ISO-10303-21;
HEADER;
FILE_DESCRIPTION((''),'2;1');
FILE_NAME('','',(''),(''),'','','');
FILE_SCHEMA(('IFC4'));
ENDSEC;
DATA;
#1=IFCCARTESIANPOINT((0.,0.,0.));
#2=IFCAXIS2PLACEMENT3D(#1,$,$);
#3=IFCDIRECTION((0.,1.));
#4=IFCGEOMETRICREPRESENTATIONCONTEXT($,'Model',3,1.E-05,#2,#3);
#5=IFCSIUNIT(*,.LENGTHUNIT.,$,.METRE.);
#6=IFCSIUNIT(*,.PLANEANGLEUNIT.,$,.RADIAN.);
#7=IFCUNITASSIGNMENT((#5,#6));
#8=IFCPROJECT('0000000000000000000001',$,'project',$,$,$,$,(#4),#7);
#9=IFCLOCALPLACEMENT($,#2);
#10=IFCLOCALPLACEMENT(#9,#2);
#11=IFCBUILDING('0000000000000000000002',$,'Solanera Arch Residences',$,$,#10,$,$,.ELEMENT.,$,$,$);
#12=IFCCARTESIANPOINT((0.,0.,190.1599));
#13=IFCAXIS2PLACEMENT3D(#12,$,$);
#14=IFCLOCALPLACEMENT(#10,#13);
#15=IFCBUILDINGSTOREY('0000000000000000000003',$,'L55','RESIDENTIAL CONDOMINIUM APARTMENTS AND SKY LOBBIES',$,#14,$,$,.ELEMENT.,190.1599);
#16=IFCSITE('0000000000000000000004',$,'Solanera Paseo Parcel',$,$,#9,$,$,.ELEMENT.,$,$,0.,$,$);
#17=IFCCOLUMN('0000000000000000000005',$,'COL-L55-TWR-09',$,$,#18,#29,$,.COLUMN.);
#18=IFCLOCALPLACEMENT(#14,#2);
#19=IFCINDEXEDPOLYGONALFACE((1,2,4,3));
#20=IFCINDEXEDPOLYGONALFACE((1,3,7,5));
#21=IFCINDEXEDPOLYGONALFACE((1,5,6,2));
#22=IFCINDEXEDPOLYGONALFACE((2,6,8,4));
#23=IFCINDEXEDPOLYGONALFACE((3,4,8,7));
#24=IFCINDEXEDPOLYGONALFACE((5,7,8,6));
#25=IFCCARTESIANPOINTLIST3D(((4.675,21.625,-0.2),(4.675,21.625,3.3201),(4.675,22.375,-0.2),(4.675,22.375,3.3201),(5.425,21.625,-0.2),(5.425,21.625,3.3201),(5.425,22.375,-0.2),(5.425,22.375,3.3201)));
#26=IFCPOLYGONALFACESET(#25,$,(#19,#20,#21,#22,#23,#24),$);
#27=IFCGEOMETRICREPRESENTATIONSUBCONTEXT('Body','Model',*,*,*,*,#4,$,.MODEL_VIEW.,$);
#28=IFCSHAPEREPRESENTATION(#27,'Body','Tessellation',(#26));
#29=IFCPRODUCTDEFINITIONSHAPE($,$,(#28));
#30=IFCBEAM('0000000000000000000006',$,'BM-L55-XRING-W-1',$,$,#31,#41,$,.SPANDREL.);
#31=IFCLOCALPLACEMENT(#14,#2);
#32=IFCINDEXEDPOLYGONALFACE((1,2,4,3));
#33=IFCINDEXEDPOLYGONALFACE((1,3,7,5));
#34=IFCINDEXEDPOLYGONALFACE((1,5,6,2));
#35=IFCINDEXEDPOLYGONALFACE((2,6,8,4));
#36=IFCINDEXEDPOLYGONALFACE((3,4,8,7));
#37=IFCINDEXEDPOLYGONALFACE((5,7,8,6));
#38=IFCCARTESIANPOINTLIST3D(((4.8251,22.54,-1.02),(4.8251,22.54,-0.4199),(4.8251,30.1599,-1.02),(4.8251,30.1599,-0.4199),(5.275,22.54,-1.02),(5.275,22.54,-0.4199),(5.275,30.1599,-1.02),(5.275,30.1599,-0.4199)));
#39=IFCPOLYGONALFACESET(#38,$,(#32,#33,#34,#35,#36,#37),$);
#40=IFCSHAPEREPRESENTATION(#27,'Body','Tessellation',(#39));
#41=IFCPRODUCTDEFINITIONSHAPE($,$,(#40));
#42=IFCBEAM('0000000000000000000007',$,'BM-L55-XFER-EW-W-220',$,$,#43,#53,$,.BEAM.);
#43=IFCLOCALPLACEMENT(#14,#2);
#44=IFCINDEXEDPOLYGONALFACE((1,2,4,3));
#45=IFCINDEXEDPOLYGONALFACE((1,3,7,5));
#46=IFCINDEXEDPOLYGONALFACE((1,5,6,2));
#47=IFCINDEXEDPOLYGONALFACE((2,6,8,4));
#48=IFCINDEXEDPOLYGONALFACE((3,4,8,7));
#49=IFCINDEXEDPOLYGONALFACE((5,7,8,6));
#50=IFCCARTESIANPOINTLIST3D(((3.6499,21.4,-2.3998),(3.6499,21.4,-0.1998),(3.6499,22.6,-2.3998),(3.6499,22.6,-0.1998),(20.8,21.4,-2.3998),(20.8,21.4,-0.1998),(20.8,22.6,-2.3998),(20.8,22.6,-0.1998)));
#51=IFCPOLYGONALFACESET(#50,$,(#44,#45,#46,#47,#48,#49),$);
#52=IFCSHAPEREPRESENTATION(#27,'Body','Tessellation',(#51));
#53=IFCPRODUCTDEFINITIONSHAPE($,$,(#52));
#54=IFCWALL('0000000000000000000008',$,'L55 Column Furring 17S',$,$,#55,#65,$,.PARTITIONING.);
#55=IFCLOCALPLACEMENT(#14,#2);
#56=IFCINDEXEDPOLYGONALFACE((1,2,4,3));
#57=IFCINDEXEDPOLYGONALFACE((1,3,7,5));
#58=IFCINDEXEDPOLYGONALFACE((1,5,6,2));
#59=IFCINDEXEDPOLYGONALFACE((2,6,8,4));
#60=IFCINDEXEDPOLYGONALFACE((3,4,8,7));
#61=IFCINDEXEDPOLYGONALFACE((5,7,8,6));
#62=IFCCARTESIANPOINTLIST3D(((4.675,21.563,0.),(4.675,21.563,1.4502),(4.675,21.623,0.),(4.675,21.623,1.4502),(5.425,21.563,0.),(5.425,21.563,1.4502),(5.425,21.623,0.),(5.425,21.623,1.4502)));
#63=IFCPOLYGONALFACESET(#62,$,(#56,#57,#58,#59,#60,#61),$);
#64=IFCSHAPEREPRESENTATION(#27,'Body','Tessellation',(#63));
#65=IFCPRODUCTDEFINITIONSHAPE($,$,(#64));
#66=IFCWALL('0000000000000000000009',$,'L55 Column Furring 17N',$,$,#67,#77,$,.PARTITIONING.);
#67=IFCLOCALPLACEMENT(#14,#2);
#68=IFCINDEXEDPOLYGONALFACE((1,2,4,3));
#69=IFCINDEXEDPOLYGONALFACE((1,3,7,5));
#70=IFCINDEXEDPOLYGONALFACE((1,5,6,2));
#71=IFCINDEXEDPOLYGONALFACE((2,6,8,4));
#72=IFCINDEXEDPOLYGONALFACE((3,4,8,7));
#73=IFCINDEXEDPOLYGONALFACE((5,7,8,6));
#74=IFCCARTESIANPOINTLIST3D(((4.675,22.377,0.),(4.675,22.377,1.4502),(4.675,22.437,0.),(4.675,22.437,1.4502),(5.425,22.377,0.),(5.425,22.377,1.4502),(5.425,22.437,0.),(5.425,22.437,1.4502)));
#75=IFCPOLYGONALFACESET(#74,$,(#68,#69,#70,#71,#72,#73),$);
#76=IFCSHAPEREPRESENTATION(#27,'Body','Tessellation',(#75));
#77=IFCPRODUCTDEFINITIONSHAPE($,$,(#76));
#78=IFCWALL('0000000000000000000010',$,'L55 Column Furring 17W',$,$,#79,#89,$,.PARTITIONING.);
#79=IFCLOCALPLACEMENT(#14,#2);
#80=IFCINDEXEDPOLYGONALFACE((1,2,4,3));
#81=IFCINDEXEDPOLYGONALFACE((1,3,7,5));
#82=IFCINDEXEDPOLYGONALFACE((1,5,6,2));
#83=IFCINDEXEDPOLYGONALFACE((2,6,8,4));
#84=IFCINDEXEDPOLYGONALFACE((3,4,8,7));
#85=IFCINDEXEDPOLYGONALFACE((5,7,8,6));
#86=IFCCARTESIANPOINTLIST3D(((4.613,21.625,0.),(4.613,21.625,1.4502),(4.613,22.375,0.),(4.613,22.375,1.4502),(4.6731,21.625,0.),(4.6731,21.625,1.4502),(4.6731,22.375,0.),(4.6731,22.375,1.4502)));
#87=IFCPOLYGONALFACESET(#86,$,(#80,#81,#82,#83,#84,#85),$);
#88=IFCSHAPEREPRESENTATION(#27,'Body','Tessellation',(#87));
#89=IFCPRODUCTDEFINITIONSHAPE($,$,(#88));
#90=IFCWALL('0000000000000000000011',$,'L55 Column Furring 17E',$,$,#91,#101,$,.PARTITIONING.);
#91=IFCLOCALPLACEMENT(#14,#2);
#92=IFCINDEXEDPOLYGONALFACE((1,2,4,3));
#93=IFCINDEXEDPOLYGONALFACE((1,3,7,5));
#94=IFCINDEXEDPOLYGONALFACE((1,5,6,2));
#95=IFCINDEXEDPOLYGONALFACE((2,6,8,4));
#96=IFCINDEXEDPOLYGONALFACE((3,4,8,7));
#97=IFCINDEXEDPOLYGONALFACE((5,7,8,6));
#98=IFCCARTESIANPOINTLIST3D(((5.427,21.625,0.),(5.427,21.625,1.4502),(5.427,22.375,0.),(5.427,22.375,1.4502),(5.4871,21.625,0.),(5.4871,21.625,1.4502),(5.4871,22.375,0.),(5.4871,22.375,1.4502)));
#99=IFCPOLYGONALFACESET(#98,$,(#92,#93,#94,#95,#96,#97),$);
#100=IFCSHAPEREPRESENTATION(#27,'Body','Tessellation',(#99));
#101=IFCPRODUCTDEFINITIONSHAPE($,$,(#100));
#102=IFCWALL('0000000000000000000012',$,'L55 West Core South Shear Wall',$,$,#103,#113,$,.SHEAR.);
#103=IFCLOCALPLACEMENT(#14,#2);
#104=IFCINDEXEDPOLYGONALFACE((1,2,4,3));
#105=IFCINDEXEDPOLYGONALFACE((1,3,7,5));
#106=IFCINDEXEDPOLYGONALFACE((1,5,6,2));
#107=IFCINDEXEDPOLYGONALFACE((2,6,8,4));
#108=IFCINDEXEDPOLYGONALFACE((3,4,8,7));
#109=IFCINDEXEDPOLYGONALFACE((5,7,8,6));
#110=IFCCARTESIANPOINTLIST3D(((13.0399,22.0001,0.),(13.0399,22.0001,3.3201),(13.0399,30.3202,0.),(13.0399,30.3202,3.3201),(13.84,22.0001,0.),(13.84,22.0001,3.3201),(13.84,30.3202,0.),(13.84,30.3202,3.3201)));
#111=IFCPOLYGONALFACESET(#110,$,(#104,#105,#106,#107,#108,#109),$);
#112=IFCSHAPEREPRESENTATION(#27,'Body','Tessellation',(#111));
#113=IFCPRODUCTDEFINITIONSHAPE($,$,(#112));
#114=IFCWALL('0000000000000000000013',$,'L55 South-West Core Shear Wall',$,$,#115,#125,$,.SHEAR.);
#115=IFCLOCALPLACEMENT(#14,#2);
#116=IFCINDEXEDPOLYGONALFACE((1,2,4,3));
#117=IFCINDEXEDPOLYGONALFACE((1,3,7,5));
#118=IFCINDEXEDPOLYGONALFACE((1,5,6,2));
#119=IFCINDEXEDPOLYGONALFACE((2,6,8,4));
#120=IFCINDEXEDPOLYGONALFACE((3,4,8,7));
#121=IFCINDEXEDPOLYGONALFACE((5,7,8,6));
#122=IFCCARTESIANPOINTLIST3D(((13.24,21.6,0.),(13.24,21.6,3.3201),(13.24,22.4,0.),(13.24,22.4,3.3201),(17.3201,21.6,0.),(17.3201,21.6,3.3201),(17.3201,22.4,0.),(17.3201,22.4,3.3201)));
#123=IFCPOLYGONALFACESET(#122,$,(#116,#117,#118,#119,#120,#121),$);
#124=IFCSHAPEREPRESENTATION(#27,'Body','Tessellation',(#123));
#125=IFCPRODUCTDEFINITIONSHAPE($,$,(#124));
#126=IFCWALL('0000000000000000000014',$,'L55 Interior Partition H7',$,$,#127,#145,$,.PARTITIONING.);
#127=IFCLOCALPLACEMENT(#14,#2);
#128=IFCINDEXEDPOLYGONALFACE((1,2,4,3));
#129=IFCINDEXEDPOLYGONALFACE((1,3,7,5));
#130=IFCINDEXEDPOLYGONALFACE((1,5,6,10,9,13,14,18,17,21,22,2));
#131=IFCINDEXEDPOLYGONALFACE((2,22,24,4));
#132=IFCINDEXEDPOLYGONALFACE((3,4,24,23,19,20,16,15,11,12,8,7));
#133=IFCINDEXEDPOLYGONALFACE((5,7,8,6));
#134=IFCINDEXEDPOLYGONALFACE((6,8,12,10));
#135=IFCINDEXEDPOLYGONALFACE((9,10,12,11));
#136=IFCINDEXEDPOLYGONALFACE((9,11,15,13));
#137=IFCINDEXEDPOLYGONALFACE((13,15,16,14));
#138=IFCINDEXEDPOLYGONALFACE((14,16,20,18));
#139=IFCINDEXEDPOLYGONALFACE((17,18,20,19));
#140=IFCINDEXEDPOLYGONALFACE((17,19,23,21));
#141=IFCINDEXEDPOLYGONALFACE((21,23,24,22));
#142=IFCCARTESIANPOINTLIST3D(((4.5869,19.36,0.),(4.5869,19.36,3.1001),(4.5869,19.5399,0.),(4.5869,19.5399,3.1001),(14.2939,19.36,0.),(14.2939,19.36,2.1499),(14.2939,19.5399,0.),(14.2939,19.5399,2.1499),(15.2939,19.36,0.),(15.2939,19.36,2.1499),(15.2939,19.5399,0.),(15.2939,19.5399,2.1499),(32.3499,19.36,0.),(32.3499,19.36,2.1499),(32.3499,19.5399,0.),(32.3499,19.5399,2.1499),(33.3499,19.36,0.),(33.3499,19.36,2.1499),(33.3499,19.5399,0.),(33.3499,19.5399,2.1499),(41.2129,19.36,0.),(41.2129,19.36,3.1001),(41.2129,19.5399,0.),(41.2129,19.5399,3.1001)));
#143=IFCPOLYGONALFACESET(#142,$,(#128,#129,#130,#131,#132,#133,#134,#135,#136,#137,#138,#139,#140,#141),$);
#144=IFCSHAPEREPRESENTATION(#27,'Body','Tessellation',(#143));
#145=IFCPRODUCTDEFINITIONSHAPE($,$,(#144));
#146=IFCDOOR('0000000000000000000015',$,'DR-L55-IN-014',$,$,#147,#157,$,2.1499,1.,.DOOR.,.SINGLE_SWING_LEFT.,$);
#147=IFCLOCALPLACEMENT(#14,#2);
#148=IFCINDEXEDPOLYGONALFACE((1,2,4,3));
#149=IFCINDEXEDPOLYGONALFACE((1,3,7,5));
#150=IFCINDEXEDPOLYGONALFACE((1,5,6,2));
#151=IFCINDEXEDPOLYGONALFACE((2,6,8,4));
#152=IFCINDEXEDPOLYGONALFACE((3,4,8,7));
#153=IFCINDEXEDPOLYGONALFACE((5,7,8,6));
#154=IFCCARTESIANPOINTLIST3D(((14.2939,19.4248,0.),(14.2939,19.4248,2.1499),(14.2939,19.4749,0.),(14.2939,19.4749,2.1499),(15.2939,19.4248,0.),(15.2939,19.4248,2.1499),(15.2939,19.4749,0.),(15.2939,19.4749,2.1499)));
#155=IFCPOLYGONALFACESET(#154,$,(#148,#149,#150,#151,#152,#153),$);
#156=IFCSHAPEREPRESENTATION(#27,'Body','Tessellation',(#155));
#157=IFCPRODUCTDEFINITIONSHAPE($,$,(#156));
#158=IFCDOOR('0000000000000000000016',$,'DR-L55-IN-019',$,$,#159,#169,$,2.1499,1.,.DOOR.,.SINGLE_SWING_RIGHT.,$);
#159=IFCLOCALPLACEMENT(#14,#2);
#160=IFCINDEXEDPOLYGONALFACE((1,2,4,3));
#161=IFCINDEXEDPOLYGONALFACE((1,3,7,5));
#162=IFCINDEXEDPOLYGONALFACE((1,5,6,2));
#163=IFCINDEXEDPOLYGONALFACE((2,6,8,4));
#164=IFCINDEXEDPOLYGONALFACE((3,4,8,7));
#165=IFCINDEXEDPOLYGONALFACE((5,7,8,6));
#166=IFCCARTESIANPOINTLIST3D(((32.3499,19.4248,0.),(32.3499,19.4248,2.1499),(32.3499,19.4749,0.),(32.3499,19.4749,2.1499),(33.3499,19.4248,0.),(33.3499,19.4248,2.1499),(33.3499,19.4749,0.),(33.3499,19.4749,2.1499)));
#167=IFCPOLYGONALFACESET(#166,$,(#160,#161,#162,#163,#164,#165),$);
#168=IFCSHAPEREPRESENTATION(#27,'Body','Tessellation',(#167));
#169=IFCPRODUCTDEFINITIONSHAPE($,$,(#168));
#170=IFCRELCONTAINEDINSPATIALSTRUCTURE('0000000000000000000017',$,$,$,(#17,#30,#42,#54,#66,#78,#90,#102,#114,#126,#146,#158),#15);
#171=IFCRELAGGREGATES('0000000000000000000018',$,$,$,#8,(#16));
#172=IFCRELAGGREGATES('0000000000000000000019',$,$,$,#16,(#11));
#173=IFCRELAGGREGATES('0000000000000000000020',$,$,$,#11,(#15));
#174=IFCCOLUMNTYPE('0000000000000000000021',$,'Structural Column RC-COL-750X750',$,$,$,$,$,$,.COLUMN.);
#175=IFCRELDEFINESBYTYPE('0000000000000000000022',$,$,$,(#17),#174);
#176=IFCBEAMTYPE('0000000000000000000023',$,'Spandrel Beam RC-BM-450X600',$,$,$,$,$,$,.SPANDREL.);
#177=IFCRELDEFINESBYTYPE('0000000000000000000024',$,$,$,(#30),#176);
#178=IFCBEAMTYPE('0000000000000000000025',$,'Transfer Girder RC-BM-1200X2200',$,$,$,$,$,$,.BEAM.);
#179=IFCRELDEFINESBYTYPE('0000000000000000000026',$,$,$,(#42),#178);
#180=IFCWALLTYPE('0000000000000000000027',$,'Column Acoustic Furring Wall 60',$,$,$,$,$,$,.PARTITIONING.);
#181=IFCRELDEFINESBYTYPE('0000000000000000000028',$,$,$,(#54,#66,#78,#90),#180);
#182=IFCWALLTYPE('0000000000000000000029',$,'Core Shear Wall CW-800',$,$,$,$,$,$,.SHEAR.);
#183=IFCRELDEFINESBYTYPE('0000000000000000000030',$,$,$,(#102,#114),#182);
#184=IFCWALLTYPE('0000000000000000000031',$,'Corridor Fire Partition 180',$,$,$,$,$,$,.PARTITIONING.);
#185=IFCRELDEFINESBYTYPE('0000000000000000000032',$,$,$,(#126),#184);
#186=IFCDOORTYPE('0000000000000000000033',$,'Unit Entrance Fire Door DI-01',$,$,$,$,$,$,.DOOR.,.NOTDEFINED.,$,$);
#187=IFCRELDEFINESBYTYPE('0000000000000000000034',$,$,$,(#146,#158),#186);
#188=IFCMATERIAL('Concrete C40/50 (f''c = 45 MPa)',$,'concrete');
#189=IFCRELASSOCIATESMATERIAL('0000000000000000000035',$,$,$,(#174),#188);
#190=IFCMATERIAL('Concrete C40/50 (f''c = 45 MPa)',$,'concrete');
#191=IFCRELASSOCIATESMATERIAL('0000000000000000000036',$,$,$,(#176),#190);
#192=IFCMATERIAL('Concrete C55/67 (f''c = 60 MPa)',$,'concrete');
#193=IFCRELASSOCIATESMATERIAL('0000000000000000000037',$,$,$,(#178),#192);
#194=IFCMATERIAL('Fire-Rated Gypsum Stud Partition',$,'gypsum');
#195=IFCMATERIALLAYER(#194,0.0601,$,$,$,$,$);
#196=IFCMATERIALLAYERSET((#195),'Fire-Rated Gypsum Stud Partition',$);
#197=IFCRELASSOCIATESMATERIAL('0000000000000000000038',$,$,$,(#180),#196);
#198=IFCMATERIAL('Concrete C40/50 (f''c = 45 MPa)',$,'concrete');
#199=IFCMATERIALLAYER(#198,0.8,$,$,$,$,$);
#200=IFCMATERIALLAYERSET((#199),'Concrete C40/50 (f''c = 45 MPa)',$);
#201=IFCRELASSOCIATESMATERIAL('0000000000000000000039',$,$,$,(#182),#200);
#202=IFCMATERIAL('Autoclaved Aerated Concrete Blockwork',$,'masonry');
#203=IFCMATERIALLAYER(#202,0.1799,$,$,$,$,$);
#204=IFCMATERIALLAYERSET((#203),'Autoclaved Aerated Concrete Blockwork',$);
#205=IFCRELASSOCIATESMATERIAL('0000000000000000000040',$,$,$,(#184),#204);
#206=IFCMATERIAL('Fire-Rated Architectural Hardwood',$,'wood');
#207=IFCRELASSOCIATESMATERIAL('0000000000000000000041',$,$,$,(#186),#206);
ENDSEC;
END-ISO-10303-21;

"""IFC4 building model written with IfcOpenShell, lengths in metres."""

from ifc_helpers import new_model, si_unit, direction, frame, frame_2d, origin, origin_2d, place, context, subcontext, project, spatial, rectangle, extrude, material, layer, layer_set, material_profile, profile_set, type_object, element, fill, save


model = new_model("IFC4")

# Units and contexts
model_context = context("Model", 3, precision=1e-05, world=origin(), true_north=direction((0.0, 1.0)))
body_context = subcontext(model_context, "Body", "Model", "MODEL_VIEW")
ifc_project = project(units=[si_unit("LENGTHUNIT", "METRE"), si_unit("PLANEANGLEUNIT", "RADIAN")], contexts=[model_context])

# Site, building, storey
site_placement = place(None, origin())
site = spatial("IfcSite", under=ifc_project, at=site_placement, Name="Solanera Paseo Parcel", CompositionType="ELEMENT", RefElevation=0.0)
building_placement = place(site_placement, origin())
building = spatial("IfcBuilding", under=site, at=building_placement, Name="Solanera Arch Residences", CompositionType="ELEMENT")
storey_placement = place(building_placement, frame((0.0, 0.0, 190.1599)))
storey = spatial("IfcBuildingStorey", under=building, at=storey_placement, Name="L55", Description="RESIDENTIAL CONDOMINIUM APARTMENTS AND SKY LOBBIES", CompositionType="ELEMENT", Elevation=190.1599)

# Column
ifc_material_1 = material(Name="Concrete C40/50 (f'c = 45 MPa)", Category="concrete")
ifc_material_profile_1 = material_profile(ifc_material_1, rectangle(XDim=0.75, YDim=0.75, at=origin_2d()))
ifc_profile_set_1 = profile_set([ifc_material_profile_1], Name="Concrete C40/50 (f'c = 45 MPa)")
column_type = type_object("IfcColumnType", Name="Structural Column RC-COL-750X750", PredefinedType="COLUMN", material=ifc_profile_set_1)
column_placement = place(storey_placement, frame((5.05, 22.0, -0.2), z_axis=(0.0, 0.0, 1.0), x_axis=(1.0, 0.0, 0.0)))
element("IfcColumn", 1, at=column_placement, inside=storey, type_object=column_type, Name="COL-L55-TWR-09", PredefinedType="COLUMN", context=body_context, shape_type="SweptSolid", body=[
    extrude(rectangle(XDim=0.75, YDim=0.75, at=origin_2d()), origin(), (0.0, 0.0, 1.0), 3.52),
])

# Beams
ifc_material_2 = material(Name="Concrete C40/50 (f'c = 45 MPa)", Category="concrete")
ifc_material_profile_2 = material_profile(ifc_material_2, rectangle(XDim=0.45, YDim=0.6001, at=origin_2d()))
ifc_profile_set_2 = profile_set([ifc_material_profile_2], Name="Concrete C40/50 (f'c = 45 MPa)")
beam_type_1 = type_object("IfcBeamType", Name="Spandrel Beam RC-BM-450X600", PredefinedType="SPANDREL", material=ifc_profile_set_2)
beam_1_placement = place(storey_placement, frame((5.05, 22.54, -0.72), z_axis=(0.0, 1.0, 0.0), x_axis=(-1.0, 0.0, 0.0)))
element("IfcBeam", 2, at=beam_1_placement, inside=storey, type_object=beam_type_1, Name="BM-L55-XRING-W-1", PredefinedType="SPANDREL", context=body_context, shape_type="SweptSolid", body=[
    extrude(rectangle(XDim=0.45, YDim=0.6001, at=origin_2d()), origin(), (0.0, 0.0, 1.0), 7.6199),
])
ifc_material_3 = material(Name="Concrete C55/67 (f'c = 60 MPa)", Category="concrete")
ifc_material_profile_3 = material_profile(ifc_material_3, rectangle(XDim=1.2, YDim=2.2, at=origin_2d()))
ifc_profile_set_3 = profile_set([ifc_material_profile_3], Name="Concrete C55/67 (f'c = 60 MPa)")
beam_type_2 = type_object("IfcBeamType", Name="Transfer Girder RC-BM-1200X2200", PredefinedType="BEAM", material=ifc_profile_set_3)
beam_2_placement = place(storey_placement, frame((3.6499, 22.0, -1.2998), z_axis=(1.0, 0.0, 0.0), x_axis=(0.0, 1.0, 0.0)))
element("IfcBeam", 3, at=beam_2_placement, inside=storey, type_object=beam_type_2, Name="BM-L55-XFER-EW-W-220", PredefinedType="BEAM", context=body_context, shape_type="SweptSolid", body=[
    extrude(rectangle(XDim=1.2, YDim=2.2, at=origin_2d()), origin(), (0.0, 0.0, 1.0), 17.1501),
])

# Walls
ifc_material_4 = material(Name="Fire-Rated Gypsum Stud Partition", Category="gypsum")
ifc_layer_1 = layer(ifc_material_4, 0.0601)
ifc_layer_set_1 = layer_set([ifc_layer_1], Name="Fire-Rated Gypsum Stud Partition")
wall_type_1 = type_object("IfcWallType", Name="Column Acoustic Furring Wall 60", PredefinedType="PARTITIONING", material=ifc_layer_set_1)
for number, where, z_axis, x_axis, name in (
    (4, (4.675, 21.593, 0.0), (0.0, 0.0, 1.0), (1.0, 0.0, 0.0), "L55 Column Furring 17S"),
    (5, (4.675, 22.407, 0.0), (0.0, 0.0, 1.0), (1.0, 0.0, 0.0), "L55 Column Furring 17N"),
    (6, (4.6431, 21.625, 0.0), (0.0, 0.0, 1.0), (0.0, 1.0, 0.0), "L55 Column Furring 17W"),
    (7, (5.457, 21.625, 0.0), (0.0, 0.0, 1.0), (0.0, 1.0, 0.0), "L55 Column Furring 17E"),
):
    element("IfcWall", number, at=place(storey_placement, frame(where, z_axis=z_axis, x_axis=x_axis)), inside=storey, type_object=wall_type_1, Name=name, PredefinedType="PARTITIONING", context=body_context, shape_type="SweptSolid", body=[
        extrude(rectangle(XDim=0.75, YDim=0.0601, at=frame_2d((0.375, 0.0))), origin(), (0.0, 0.0, 1.0), 1.4502),
    ])
ifc_material_5 = material(Name="Concrete C40/50 (f'c = 45 MPa)", Category="concrete")
ifc_layer_2 = layer(ifc_material_5, 0.8)
ifc_layer_set_2 = layer_set([ifc_layer_2], Name="Concrete C40/50 (f'c = 45 MPa)")
wall_type_2 = type_object("IfcWallType", Name="Core Shear Wall CW-800", PredefinedType="SHEAR", material=ifc_layer_set_2)
wall_1_placement = place(storey_placement, frame((13.4399, 22.0, 0.0), z_axis=(0.0, 0.0, 1.0), x_axis=(0.0, 1.0, 0.0)))
element("IfcWall", 8, at=wall_1_placement, inside=storey, type_object=wall_type_2, Name="L55 West Core South Shear Wall", PredefinedType="SHEAR", context=body_context, shape_type="SweptSolid", body=[
    extrude(rectangle(XDim=8.3201, YDim=0.8, at=frame_2d((4.1602, 0.0))), origin(), (0.0, 0.0, 1.0), 3.3201),
])
wall_2_placement = place(storey_placement, frame((13.24, 22.0, 0.0), z_axis=(0.0, 0.0, 1.0), x_axis=(1.0, 0.0, 0.0)))
element("IfcWall", 9, at=wall_2_placement, inside=storey, type_object=wall_type_2, Name="L55 South-West Core Shear Wall", PredefinedType="SHEAR", context=body_context, shape_type="SweptSolid", body=[
    extrude(rectangle(XDim=4.0801, YDim=0.8, at=frame_2d((2.04, 0.0))), origin(), (0.0, 0.0, 1.0), 3.3201),
])

# Wall, openings, doors
ifc_material_6 = material(Name="Autoclaved Aerated Concrete Blockwork", Category="masonry")
ifc_layer_3 = layer(ifc_material_6, 0.1799)
ifc_layer_set_3 = layer_set([ifc_layer_3], Name="Autoclaved Aerated Concrete Blockwork")
wall_type_3 = type_object("IfcWallType", Name="Corridor Fire Partition 180", PredefinedType="PARTITIONING", material=ifc_layer_set_3)
wall_3_placement = place(storey_placement, frame((4.5869, 19.45, 0.0), z_axis=(0.0, 0.0, 1.0), x_axis=(1.0, 0.0, 0.0)))
wall_3 = element("IfcWall", 10, at=wall_3_placement, inside=storey, type_object=wall_type_3, Name="L55 Interior Partition H7", PredefinedType="PARTITIONING", context=body_context, shape_type="SweptSolid", body=[
    extrude(rectangle(XDim=36.626, YDim=0.1799, at=frame_2d((18.313, 0.0))), origin(), (0.0, 0.0, 1.0), 3.1001),
])
opening_1_placement = place(wall_3_placement, frame((9.707, 0.0, 0.0)))
opening_1 = element("IfcOpeningElement", 11, at=opening_1_placement, cuts=wall_3, PredefinedType="OPENING", context=body_context, shape_type="SweptSolid", body=[
    extrude(rectangle(XDim=1.0, YDim=2.1499, at=frame_2d((0.5, 1.075))), frame((0.0, 0.1001, 0.0), z_axis=(0.0, -1.0, 0.0), x_axis=(1.0, 0.0, 0.0)), (0.0, 0.0, 1.0), 0.1999),
])
opening_2_placement = place(wall_3_placement, frame((27.7629, 0.0, 0.0)))
opening_2 = element("IfcOpeningElement", 12, at=opening_2_placement, cuts=wall_3, PredefinedType="OPENING", context=body_context, shape_type="SweptSolid", body=[
    extrude(rectangle(XDim=1.0, YDim=2.1499, at=frame_2d((0.5, 1.075))), frame((0.0, 0.1001, 0.0), z_axis=(0.0, -1.0, 0.0), x_axis=(1.0, 0.0, 0.0)), (0.0, 0.0, 1.0), 0.1999),
])
ifc_material_7 = material(Name="Fire-Rated Architectural Hardwood", Category="wood")
door_type_1 = type_object("IfcDoorType", Name="Unit Entrance Fire Door DI-01", OperationType="NOTDEFINED", PredefinedType="DOOR", material=ifc_material_7)
door_1_placement = place(opening_1_placement, origin())
door_1 = element("IfcDoor", 13, at=door_1_placement, inside=storey, type_object=door_type_1, Name="DR-L55-IN-014", OperationType="SINGLE_SWING_LEFT", OverallHeight=2.1499, OverallWidth=1.0, PredefinedType="DOOR", context=body_context, shape_type="SweptSolid", body=[
    extrude(rectangle(XDim=1.0, YDim=2.1499, at=frame_2d((0.5, 1.075))), frame((0.0, 0.0249, 0.0), z_axis=(0.0, -1.0, 0.0), x_axis=(1.0, 0.0, 0.0)), (0.0, 0.0, 1.0), 0.05),
])
fill(opening_1, door_1)
door_2_placement = place(opening_2_placement, origin())
door_2 = element("IfcDoor", 14, at=door_2_placement, inside=storey, type_object=door_type_1, Name="DR-L55-IN-019", OperationType="SINGLE_SWING_RIGHT", OverallHeight=2.1499, OverallWidth=1.0, PredefinedType="DOOR", context=body_context, shape_type="SweptSolid", body=[
    extrude(rectangle(XDim=1.0, YDim=2.1499, at=frame_2d((0.5, 1.075))), frame((0.0, 0.0249, 0.0), z_axis=(0.0, -1.0, 0.0), x_axis=(1.0, 0.0, 0.0)), (0.0, 0.0, 1.0), 0.05),
])
fill(opening_2, door_2)

save(model, "model.ifc")
